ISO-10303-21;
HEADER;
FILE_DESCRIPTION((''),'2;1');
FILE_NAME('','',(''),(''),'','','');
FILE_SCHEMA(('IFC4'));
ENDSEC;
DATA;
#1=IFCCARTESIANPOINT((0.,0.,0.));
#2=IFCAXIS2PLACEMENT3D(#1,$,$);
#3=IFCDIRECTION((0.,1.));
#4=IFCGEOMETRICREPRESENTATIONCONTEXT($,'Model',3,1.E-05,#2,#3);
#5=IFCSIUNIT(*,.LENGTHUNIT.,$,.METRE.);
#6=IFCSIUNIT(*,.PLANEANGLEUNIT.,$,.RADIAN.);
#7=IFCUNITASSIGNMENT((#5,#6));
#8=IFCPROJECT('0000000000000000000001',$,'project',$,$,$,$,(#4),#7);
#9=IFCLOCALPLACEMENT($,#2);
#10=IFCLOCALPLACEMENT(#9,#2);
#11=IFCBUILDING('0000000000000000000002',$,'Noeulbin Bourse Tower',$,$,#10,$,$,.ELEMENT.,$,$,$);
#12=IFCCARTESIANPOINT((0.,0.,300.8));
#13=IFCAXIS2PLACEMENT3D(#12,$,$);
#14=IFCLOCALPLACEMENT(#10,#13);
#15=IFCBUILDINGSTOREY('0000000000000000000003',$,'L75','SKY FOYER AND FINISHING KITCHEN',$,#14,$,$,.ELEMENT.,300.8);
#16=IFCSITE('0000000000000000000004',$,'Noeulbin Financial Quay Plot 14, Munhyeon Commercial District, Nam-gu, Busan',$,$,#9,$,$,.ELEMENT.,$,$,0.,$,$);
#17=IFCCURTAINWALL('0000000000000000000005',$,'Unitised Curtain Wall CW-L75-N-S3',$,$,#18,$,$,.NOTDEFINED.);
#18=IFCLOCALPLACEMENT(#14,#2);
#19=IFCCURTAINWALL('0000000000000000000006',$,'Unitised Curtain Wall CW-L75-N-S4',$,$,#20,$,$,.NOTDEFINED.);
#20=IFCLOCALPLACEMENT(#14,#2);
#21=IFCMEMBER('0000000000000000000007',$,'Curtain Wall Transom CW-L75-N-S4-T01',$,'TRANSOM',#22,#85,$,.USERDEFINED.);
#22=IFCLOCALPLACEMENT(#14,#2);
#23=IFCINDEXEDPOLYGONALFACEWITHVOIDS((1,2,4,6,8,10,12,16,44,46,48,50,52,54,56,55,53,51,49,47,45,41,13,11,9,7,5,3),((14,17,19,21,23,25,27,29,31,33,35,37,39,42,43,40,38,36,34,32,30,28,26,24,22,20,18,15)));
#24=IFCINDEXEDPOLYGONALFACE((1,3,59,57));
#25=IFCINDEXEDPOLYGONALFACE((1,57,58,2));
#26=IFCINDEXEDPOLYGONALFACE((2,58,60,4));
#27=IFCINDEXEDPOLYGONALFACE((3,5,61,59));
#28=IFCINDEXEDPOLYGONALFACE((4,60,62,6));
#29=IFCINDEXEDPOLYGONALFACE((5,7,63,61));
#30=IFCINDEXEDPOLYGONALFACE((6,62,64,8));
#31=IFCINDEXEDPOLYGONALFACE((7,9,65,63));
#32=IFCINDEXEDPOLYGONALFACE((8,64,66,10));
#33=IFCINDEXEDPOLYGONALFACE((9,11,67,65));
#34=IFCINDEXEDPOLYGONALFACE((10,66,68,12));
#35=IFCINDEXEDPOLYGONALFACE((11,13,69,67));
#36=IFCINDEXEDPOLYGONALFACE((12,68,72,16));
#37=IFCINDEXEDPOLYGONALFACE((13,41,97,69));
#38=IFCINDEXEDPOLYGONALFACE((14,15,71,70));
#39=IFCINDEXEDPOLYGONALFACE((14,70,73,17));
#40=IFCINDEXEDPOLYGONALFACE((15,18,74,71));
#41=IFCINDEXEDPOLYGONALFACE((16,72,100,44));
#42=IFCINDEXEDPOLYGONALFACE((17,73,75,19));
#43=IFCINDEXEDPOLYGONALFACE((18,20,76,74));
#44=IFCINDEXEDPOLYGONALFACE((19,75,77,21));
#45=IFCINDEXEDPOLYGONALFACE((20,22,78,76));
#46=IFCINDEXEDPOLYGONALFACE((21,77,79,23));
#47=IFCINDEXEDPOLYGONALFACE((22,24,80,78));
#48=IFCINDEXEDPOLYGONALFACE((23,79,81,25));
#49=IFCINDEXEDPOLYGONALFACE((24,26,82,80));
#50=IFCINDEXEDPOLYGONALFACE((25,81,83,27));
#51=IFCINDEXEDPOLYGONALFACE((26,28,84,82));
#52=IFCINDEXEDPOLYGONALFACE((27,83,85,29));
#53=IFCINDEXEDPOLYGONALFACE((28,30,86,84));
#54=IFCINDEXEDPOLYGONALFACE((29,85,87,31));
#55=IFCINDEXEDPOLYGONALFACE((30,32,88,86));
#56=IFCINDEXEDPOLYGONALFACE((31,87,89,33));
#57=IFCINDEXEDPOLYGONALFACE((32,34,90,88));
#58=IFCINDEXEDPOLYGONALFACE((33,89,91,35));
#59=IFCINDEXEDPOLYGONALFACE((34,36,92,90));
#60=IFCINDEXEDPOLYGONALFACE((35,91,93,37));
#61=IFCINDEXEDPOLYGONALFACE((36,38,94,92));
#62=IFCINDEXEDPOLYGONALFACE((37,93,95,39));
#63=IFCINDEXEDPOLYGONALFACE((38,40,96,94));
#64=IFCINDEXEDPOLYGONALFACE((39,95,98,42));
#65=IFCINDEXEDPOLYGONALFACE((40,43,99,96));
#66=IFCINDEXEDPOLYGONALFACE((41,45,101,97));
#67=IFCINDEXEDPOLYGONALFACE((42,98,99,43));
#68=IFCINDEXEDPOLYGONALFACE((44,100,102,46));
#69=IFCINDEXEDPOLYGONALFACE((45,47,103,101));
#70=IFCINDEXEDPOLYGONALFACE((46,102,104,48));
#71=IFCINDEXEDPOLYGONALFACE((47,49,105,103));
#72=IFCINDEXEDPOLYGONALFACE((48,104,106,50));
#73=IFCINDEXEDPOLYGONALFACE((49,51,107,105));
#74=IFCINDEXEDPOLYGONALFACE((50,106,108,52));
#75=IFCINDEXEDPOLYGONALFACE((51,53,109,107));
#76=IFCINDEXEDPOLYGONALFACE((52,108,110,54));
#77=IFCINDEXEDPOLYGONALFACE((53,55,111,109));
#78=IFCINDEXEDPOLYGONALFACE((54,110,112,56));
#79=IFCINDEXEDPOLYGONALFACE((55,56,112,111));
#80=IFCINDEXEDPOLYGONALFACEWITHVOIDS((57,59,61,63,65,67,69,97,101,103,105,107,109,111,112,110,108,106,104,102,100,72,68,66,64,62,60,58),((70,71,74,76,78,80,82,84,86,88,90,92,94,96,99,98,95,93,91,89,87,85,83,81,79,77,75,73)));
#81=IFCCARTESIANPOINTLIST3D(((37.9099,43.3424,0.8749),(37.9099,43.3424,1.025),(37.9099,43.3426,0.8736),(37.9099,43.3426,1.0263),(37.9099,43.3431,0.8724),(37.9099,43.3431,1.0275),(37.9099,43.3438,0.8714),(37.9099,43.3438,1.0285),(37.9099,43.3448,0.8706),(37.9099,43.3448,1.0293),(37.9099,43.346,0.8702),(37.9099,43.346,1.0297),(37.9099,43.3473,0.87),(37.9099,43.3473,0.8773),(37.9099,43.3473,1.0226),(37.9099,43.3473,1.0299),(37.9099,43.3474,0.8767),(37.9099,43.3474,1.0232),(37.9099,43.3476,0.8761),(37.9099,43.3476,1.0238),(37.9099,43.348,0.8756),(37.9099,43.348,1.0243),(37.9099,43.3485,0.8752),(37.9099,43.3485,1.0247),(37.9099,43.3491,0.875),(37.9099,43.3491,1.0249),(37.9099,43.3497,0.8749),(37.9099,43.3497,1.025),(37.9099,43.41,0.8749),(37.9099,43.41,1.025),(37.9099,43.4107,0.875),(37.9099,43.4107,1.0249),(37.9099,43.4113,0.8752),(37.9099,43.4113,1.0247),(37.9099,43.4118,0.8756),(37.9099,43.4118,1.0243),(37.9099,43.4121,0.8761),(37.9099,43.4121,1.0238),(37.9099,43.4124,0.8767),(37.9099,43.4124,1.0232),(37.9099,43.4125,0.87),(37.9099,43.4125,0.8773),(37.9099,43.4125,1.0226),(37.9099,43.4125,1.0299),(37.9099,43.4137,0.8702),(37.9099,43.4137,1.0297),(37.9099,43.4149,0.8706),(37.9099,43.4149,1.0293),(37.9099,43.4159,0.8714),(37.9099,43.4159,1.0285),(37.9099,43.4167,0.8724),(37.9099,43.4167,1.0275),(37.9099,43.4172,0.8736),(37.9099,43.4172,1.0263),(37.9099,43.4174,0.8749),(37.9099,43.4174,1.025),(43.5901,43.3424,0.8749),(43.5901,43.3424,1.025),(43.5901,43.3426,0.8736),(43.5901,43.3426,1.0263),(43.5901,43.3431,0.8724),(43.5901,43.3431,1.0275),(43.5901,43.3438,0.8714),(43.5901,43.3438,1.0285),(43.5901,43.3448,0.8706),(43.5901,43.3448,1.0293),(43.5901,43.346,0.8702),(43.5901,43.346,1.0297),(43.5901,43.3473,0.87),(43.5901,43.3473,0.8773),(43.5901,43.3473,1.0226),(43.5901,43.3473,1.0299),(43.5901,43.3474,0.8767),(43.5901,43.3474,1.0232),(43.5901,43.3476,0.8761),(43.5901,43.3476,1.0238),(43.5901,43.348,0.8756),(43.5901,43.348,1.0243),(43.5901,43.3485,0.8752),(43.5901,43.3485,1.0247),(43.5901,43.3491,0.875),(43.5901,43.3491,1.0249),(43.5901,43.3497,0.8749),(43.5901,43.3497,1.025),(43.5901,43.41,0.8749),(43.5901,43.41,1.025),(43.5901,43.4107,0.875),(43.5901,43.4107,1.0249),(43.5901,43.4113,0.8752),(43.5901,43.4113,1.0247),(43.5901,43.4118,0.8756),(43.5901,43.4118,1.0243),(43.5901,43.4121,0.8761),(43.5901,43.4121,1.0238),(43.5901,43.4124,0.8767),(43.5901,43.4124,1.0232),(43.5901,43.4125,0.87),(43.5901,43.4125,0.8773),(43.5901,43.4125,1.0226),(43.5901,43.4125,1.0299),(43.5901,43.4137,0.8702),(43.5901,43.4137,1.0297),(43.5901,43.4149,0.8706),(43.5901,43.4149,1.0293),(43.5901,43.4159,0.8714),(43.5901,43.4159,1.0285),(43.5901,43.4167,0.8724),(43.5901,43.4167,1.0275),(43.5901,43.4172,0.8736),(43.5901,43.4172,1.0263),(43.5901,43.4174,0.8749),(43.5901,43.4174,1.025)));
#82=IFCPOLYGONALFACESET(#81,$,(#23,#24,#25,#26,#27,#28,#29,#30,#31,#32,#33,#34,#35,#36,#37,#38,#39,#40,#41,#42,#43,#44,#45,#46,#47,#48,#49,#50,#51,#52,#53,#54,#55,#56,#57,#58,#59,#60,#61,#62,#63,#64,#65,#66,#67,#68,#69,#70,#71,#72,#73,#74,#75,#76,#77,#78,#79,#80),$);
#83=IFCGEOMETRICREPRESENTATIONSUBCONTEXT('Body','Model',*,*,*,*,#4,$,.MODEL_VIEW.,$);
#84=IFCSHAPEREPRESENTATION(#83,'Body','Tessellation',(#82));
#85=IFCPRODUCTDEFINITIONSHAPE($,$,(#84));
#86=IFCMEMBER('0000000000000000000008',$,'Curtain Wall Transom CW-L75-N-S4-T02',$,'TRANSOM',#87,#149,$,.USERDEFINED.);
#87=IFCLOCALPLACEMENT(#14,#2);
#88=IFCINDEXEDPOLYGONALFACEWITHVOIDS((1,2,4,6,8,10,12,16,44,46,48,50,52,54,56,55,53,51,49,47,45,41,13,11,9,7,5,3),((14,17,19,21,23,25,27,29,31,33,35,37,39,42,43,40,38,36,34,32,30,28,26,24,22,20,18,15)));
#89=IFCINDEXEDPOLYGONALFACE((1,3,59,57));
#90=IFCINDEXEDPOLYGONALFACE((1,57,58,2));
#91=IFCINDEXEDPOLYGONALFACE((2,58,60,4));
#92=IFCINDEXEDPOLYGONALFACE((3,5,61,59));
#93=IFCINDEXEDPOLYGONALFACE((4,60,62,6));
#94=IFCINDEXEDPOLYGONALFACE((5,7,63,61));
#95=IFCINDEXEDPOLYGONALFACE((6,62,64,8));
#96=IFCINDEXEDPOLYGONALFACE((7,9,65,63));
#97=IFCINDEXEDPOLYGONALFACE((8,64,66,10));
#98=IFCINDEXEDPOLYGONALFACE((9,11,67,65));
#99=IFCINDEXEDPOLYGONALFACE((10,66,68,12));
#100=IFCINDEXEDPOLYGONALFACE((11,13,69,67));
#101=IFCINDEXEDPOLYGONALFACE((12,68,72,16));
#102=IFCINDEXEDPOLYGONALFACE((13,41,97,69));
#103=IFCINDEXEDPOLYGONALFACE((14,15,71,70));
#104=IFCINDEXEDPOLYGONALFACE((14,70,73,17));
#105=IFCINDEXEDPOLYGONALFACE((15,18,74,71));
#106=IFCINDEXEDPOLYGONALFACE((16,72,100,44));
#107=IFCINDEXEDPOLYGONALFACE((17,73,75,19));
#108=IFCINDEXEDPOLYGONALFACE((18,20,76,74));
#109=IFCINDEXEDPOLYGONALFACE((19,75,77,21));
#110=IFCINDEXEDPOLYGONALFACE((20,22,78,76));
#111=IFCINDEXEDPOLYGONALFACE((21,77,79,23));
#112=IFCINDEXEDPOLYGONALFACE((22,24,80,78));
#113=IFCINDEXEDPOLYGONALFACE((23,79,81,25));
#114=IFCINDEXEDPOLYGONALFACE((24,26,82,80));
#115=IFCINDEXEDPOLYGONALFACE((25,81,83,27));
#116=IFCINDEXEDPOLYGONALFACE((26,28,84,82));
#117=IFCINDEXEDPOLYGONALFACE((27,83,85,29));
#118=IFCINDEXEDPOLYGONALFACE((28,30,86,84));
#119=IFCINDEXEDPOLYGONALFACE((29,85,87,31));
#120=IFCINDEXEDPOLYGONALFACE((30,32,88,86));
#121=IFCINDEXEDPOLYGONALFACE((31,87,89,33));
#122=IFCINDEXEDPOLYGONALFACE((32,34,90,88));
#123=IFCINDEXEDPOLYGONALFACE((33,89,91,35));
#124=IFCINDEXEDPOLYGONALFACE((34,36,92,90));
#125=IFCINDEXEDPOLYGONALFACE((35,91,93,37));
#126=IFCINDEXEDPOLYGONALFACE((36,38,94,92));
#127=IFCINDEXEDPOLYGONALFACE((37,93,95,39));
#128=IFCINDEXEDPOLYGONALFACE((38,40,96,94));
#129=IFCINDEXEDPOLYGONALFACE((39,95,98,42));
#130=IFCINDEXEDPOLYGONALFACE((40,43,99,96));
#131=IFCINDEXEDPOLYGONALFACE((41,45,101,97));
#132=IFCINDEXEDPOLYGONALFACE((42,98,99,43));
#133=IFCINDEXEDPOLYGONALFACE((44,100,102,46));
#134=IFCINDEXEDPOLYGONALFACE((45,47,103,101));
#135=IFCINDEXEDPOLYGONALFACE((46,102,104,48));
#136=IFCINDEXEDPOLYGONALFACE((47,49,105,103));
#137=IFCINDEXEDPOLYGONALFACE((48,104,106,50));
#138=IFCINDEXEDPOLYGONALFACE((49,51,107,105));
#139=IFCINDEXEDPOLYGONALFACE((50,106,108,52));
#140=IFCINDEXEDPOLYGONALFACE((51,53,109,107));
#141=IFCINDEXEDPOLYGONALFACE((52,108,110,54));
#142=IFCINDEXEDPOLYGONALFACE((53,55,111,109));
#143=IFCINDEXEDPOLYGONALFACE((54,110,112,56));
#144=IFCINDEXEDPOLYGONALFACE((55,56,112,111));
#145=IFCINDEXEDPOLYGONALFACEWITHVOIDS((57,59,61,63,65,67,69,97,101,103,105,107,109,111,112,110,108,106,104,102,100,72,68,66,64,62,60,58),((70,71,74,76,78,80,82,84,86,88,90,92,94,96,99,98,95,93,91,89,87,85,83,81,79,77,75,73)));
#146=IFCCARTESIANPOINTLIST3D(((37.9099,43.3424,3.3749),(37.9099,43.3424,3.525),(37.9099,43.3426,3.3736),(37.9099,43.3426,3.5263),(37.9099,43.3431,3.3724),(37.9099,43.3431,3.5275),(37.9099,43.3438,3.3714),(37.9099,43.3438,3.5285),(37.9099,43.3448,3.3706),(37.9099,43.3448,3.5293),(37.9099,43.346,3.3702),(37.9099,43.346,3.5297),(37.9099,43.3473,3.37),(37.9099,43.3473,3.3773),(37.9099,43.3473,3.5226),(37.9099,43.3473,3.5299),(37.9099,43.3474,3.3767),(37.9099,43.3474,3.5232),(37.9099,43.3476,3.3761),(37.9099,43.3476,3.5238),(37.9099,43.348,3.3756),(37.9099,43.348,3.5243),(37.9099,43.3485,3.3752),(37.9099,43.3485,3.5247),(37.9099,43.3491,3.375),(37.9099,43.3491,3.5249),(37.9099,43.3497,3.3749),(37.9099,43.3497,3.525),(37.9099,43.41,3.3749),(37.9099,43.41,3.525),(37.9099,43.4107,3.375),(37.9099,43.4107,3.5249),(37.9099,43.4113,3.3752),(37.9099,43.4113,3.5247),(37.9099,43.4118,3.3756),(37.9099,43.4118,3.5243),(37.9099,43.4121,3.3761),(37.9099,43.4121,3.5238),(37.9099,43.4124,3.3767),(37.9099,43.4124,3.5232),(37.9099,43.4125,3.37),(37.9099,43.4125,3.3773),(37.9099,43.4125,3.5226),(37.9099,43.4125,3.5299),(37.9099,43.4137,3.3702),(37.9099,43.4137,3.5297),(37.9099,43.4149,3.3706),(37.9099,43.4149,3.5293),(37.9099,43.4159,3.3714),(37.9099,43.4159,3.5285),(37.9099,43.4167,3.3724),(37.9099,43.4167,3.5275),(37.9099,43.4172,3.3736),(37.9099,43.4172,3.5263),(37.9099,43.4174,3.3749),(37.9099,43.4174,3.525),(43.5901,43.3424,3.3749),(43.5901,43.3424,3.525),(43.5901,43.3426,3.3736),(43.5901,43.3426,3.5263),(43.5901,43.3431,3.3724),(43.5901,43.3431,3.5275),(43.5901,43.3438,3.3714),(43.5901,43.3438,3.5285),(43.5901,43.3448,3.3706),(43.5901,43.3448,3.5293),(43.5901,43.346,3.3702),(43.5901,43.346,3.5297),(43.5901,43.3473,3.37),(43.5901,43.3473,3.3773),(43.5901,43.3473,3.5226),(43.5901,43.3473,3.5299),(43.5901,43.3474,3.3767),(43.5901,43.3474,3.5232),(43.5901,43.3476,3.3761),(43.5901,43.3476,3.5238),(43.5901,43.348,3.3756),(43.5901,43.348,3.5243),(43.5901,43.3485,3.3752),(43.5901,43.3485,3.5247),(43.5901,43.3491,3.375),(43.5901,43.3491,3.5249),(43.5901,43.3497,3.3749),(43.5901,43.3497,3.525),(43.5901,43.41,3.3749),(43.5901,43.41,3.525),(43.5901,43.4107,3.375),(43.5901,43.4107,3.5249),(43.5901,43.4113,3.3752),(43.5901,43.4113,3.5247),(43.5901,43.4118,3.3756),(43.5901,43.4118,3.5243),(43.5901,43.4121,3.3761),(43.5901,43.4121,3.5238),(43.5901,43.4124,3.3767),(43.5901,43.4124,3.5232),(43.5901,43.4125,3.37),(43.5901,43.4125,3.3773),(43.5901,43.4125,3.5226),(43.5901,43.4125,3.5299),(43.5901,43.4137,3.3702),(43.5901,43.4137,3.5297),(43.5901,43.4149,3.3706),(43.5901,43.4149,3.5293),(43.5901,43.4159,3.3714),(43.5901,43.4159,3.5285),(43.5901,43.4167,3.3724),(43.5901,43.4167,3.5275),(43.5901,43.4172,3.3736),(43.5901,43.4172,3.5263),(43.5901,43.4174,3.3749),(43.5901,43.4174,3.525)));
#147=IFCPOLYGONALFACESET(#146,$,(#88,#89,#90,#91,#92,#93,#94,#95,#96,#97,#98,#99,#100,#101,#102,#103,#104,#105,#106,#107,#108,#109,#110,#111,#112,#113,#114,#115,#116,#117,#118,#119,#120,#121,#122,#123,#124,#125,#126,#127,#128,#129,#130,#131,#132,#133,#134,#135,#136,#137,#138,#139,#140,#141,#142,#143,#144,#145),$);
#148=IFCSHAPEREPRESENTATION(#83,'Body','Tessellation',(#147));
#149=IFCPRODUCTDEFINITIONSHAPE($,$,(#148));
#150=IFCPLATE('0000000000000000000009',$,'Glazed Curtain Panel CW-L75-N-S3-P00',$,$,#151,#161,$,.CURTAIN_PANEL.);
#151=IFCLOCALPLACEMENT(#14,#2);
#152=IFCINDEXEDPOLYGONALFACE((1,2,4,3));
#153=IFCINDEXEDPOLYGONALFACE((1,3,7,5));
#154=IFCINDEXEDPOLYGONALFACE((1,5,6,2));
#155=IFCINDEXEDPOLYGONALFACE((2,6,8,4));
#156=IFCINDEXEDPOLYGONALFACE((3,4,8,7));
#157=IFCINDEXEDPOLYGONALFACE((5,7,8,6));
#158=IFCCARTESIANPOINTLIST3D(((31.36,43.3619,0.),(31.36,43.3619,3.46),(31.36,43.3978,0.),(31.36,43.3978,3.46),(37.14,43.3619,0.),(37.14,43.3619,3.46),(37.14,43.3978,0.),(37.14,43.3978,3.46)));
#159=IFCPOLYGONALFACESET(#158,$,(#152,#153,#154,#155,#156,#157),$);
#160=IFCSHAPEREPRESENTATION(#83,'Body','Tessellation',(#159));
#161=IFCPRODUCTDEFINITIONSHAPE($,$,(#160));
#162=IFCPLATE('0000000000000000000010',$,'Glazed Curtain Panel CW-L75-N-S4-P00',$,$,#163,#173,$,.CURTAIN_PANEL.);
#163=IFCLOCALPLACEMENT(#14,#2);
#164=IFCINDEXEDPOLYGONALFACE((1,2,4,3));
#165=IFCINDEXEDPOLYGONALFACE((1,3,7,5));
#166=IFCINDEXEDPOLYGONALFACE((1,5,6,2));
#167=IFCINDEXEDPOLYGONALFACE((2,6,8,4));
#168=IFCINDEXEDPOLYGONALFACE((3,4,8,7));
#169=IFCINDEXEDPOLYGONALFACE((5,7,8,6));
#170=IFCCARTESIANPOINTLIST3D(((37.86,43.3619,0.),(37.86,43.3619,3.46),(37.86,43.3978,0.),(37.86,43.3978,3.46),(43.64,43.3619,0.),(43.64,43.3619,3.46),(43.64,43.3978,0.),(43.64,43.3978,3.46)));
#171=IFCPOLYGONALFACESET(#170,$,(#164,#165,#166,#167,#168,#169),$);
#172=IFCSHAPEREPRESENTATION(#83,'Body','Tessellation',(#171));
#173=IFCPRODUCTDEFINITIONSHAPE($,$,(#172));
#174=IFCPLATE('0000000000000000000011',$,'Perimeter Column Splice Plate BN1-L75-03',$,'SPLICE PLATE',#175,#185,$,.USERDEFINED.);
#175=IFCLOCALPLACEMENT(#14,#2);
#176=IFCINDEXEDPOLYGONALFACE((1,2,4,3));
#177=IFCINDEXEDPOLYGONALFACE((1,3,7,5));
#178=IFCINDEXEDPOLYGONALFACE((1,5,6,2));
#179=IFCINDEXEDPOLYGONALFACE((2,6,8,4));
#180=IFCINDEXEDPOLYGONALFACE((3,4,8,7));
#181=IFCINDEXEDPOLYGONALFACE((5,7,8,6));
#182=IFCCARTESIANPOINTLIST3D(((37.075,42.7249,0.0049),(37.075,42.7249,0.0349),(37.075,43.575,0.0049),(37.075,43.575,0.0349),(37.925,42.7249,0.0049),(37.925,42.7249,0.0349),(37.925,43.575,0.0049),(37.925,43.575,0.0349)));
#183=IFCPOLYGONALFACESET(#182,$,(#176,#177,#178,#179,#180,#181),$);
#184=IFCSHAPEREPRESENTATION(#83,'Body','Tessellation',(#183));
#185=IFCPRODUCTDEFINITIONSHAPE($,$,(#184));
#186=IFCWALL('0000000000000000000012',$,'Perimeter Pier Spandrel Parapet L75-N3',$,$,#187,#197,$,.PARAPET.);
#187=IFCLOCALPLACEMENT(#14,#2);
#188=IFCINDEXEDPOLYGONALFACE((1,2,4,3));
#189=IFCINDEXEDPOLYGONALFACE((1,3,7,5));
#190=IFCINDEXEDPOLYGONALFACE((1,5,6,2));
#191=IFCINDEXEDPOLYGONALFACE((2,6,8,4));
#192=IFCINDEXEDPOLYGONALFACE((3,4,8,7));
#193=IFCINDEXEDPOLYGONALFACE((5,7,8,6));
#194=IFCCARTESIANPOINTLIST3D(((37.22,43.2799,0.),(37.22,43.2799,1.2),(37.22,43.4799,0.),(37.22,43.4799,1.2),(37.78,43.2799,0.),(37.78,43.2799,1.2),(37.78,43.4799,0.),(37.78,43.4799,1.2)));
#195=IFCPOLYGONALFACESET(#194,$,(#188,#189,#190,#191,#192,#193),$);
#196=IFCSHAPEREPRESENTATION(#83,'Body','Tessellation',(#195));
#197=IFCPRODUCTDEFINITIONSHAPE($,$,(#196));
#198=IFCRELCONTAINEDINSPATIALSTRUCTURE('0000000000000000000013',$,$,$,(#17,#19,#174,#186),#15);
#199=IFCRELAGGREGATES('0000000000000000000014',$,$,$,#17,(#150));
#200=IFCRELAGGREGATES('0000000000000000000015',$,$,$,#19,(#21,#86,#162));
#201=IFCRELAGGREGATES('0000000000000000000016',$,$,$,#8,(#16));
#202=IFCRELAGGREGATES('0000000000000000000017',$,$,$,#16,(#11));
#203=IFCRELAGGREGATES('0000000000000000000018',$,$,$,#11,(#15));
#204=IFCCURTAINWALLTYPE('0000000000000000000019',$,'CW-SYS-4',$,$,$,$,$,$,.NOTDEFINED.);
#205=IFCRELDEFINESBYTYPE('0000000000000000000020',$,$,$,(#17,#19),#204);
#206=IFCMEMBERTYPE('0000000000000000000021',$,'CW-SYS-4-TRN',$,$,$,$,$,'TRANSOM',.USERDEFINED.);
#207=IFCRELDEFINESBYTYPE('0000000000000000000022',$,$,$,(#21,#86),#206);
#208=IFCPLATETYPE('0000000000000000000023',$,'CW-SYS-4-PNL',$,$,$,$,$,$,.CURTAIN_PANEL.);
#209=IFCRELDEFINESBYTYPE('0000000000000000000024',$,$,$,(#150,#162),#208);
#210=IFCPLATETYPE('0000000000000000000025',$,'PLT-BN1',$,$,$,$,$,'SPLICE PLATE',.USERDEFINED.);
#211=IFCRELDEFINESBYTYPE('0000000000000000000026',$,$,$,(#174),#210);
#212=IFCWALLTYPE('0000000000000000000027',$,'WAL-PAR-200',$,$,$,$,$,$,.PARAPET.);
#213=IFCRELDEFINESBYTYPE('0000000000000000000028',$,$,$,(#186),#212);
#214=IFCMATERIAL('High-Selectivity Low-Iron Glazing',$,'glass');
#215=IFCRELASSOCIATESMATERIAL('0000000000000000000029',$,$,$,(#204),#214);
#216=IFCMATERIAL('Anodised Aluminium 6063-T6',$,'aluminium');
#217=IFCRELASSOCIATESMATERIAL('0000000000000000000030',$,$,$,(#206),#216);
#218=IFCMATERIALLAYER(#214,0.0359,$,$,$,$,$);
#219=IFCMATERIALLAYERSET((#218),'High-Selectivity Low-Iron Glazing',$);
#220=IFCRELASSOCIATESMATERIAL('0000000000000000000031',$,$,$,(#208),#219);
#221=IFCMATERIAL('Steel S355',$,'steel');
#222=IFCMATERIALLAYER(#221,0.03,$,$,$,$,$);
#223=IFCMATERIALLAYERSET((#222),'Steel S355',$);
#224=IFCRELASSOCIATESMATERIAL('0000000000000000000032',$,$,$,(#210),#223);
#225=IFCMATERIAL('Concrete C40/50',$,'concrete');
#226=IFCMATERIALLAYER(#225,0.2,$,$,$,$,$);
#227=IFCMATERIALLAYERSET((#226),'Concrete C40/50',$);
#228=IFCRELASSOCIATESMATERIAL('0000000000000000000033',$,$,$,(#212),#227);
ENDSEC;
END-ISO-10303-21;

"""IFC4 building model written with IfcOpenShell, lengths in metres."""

from ifc_helpers import new_model, si_unit, direction, frame, frame_2d, origin, origin_2d, place, context, subcontext, project, spatial, rectangle, hollow_rectangle, extrude, material, layer, layer_set, material_profile, profile_set, type_object, element, aggregate, save


model = new_model("IFC4")

# Units and contexts
model_context = context("Model", 3, precision=1e-05, world=origin(), true_north=direction((0.0, 1.0)))
body_context = subcontext(model_context, "Body", "Model", "MODEL_VIEW")
ifc_project = project(units=[si_unit("LENGTHUNIT", "METRE"), si_unit("PLANEANGLEUNIT", "RADIAN")], contexts=[model_context])

# Site, building, storey
site_placement = place(None, origin())
site = spatial("IfcSite", under=ifc_project, at=site_placement, Name="Noeulbin Financial Quay Plot 14, Munhyeon Commercial District, Nam-gu, Busan", CompositionType="ELEMENT", RefElevation=0.0)
building_placement = place(site_placement, origin())
building = spatial("IfcBuilding", under=site, at=building_placement, Name="Noeulbin Bourse Tower", CompositionType="ELEMENT")
storey_placement = place(building_placement, frame((0.0, 0.0, 300.8)))
storey = spatial("IfcBuildingStorey", under=building, at=storey_placement, Name="L75", Description="SKY FOYER AND FINISHING KITCHEN", CompositionType="ELEMENT", Elevation=300.8)

# Shared definitions
ifc_material_1 = material(Name="Steel S355", Category="steel")

# Curtain walls
ifc_material_2 = material(Name="High-Selectivity Low-Iron Glazing", Category="glass")
curtain_wall_type = type_object("IfcCurtainWallType", Name="CW-SYS-4", PredefinedType="NOTDEFINED", material=ifc_material_2)
curtain_wall_1_placement = place(storey_placement, origin())
curtain_wall_1 = element("IfcCurtainWall", 1, at=curtain_wall_1_placement, inside=storey, type_object=curtain_wall_type, Name="Unitised Curtain Wall CW-L75-N-S3", PredefinedType="NOTDEFINED")
ifc_material_3 = material(Name="Anodised Aluminium 6063-T6", Category="aluminium")
curtain_wall_2_placement = place(storey_placement, origin())
curtain_wall_2 = element("IfcCurtainWall", 2, at=curtain_wall_2_placement, inside=storey, type_object=curtain_wall_type, Name="Unitised Curtain Wall CW-L75-N-S4", PredefinedType="NOTDEFINED")

# Members
ifc_material_profile_1 = material_profile(ifc_material_3, hollow_rectangle(XDim=0.075, YDim=0.1599, WallThickness=0.0049, InnerFilletRadius=0.0024, OuterFilletRadius=0.0049, at=origin_2d()), Name="ALU-TRAN-75x160x5", Category="LoadBearing")
ifc_profile_set_1 = profile_set([ifc_material_profile_1], Name="Anodised Aluminium 6063-T6")
member_type_1 = type_object("IfcMemberType", Name="CW-SYS-4-TRN", ElementType="TRANSOM", PredefinedType="USERDEFINED", material=ifc_profile_set_1)
member_1_placement = place(storey_placement, frame((37.9099, 43.3799, 0.95), z_axis=(1.0, 0.0, 0.0), x_axis=(0.0, 1.0, 0.0)))
member_1 = element("IfcMember", 3, at=member_1_placement, type_object=member_type_1, Name="Curtain Wall Transom CW-L75-N-S4-T01", ObjectType="TRANSOM", PredefinedType="USERDEFINED", context=body_context, shape_type="SweptSolid", body=[
    extrude(hollow_rectangle(XDim=0.075, YDim=0.1599, WallThickness=0.0049, InnerFilletRadius=0.0024, OuterFilletRadius=0.0049, at=origin_2d()), origin(), (0.0, 0.0, 1.0), 5.6802),
])
member_2_placement = place(storey_placement, frame((37.9099, 43.3799, 3.45), z_axis=(1.0, 0.0, 0.0), x_axis=(0.0, 1.0, 0.0)))
member_2 = element("IfcMember", 4, at=member_2_placement, type_object=member_type_1, Name="Curtain Wall Transom CW-L75-N-S4-T02", ObjectType="TRANSOM", PredefinedType="USERDEFINED", context=body_context, shape_type="SweptSolid", body=[
    extrude(hollow_rectangle(XDim=0.075, YDim=0.1599, WallThickness=0.0049, InnerFilletRadius=0.0024, OuterFilletRadius=0.0049, at=origin_2d()), origin(), (0.0, 0.0, 1.0), 5.6802),
])

# Plates
ifc_layer_1 = layer(ifc_material_2, 0.0359)
ifc_layer_set_1 = layer_set([ifc_layer_1], Name="High-Selectivity Low-Iron Glazing")
plate_type_1 = type_object("IfcPlateType", Name="CW-SYS-4-PNL", PredefinedType="CURTAIN_PANEL", material=ifc_layer_set_1)
plate_1_placement = place(storey_placement, frame((34.25, 43.3799, 0.0), z_axis=(0.0, 0.0, 1.0), x_axis=(1.0, 0.0, 0.0)))
plate_1 = element("IfcPlate", 5, at=plate_1_placement, type_object=plate_type_1, Name="Glazed Curtain Panel CW-L75-N-S3-P00", PredefinedType="CURTAIN_PANEL", context=body_context, shape_type="SweptSolid", body=[
    extrude(rectangle(XDim=5.78, YDim=0.0359, at=origin_2d()), origin(), (0.0, 0.0, 1.0), 3.46),
])
aggregate(curtain_wall_1, [plate_1])
plate_2_placement = place(storey_placement, frame((40.75, 43.3799, 0.0), z_axis=(0.0, 0.0, 1.0), x_axis=(1.0, 0.0, 0.0)))
plate_2 = element("IfcPlate", 6, at=plate_2_placement, type_object=plate_type_1, Name="Glazed Curtain Panel CW-L75-N-S4-P00", PredefinedType="CURTAIN_PANEL", context=body_context, shape_type="SweptSolid", body=[
    extrude(rectangle(XDim=5.78, YDim=0.0359, at=origin_2d()), origin(), (0.0, 0.0, 1.0), 3.46),
])
aggregate(curtain_wall_2, [member_1, member_2, plate_2])
ifc_layer_2 = layer(ifc_material_1, 0.03)
ifc_layer_set_2 = layer_set([ifc_layer_2], Name="Steel S355")
plate_type_2 = type_object("IfcPlateType", Name="PLT-BN1", ElementType="SPLICE PLATE", PredefinedType="USERDEFINED", material=ifc_layer_set_2)
plate_3_placement = place(storey_placement, frame((37.5, 43.1499, 0.0049), z_axis=(0.0, 0.0, 1.0), x_axis=(1.0, 0.0, 0.0)))
element("IfcPlate", 7, at=plate_3_placement, inside=storey, type_object=plate_type_2, Name="Perimeter Column Splice Plate BN1-L75-03", ObjectType="SPLICE PLATE", PredefinedType="USERDEFINED", context=body_context, shape_type="SweptSolid", body=[
    extrude(rectangle(XDim=0.8501, YDim=0.8501, at=origin_2d()), origin(), (0.0, 0.0, 1.0), 0.03),
])

# Wall
ifc_material_4 = material(Name="Concrete C40/50", Category="concrete")
ifc_layer_3 = layer(ifc_material_4, 0.2)
ifc_layer_set_3 = layer_set([ifc_layer_3], Name="Concrete C40/50")
wall_type = type_object("IfcWallType", Name="WAL-PAR-200", PredefinedType="PARAPET", material=ifc_layer_set_3)
wall_placement = place(storey_placement, frame((37.22, 43.3799, 0.0), z_axis=(0.0, 0.0, 1.0), x_axis=(1.0, 0.0, 0.0)))
element("IfcWall", 8, at=wall_placement, inside=storey, type_object=wall_type, Name="Perimeter Pier Spandrel Parapet L75-N3", PredefinedType="PARAPET", context=body_context, shape_type="SweptSolid", body=[
    extrude(rectangle(XDim=0.5601, YDim=0.2, at=frame_2d((0.28, 0.0))), origin(), (0.0, 0.0, 1.0), 1.2),
])

save(model, "model.ifc")
